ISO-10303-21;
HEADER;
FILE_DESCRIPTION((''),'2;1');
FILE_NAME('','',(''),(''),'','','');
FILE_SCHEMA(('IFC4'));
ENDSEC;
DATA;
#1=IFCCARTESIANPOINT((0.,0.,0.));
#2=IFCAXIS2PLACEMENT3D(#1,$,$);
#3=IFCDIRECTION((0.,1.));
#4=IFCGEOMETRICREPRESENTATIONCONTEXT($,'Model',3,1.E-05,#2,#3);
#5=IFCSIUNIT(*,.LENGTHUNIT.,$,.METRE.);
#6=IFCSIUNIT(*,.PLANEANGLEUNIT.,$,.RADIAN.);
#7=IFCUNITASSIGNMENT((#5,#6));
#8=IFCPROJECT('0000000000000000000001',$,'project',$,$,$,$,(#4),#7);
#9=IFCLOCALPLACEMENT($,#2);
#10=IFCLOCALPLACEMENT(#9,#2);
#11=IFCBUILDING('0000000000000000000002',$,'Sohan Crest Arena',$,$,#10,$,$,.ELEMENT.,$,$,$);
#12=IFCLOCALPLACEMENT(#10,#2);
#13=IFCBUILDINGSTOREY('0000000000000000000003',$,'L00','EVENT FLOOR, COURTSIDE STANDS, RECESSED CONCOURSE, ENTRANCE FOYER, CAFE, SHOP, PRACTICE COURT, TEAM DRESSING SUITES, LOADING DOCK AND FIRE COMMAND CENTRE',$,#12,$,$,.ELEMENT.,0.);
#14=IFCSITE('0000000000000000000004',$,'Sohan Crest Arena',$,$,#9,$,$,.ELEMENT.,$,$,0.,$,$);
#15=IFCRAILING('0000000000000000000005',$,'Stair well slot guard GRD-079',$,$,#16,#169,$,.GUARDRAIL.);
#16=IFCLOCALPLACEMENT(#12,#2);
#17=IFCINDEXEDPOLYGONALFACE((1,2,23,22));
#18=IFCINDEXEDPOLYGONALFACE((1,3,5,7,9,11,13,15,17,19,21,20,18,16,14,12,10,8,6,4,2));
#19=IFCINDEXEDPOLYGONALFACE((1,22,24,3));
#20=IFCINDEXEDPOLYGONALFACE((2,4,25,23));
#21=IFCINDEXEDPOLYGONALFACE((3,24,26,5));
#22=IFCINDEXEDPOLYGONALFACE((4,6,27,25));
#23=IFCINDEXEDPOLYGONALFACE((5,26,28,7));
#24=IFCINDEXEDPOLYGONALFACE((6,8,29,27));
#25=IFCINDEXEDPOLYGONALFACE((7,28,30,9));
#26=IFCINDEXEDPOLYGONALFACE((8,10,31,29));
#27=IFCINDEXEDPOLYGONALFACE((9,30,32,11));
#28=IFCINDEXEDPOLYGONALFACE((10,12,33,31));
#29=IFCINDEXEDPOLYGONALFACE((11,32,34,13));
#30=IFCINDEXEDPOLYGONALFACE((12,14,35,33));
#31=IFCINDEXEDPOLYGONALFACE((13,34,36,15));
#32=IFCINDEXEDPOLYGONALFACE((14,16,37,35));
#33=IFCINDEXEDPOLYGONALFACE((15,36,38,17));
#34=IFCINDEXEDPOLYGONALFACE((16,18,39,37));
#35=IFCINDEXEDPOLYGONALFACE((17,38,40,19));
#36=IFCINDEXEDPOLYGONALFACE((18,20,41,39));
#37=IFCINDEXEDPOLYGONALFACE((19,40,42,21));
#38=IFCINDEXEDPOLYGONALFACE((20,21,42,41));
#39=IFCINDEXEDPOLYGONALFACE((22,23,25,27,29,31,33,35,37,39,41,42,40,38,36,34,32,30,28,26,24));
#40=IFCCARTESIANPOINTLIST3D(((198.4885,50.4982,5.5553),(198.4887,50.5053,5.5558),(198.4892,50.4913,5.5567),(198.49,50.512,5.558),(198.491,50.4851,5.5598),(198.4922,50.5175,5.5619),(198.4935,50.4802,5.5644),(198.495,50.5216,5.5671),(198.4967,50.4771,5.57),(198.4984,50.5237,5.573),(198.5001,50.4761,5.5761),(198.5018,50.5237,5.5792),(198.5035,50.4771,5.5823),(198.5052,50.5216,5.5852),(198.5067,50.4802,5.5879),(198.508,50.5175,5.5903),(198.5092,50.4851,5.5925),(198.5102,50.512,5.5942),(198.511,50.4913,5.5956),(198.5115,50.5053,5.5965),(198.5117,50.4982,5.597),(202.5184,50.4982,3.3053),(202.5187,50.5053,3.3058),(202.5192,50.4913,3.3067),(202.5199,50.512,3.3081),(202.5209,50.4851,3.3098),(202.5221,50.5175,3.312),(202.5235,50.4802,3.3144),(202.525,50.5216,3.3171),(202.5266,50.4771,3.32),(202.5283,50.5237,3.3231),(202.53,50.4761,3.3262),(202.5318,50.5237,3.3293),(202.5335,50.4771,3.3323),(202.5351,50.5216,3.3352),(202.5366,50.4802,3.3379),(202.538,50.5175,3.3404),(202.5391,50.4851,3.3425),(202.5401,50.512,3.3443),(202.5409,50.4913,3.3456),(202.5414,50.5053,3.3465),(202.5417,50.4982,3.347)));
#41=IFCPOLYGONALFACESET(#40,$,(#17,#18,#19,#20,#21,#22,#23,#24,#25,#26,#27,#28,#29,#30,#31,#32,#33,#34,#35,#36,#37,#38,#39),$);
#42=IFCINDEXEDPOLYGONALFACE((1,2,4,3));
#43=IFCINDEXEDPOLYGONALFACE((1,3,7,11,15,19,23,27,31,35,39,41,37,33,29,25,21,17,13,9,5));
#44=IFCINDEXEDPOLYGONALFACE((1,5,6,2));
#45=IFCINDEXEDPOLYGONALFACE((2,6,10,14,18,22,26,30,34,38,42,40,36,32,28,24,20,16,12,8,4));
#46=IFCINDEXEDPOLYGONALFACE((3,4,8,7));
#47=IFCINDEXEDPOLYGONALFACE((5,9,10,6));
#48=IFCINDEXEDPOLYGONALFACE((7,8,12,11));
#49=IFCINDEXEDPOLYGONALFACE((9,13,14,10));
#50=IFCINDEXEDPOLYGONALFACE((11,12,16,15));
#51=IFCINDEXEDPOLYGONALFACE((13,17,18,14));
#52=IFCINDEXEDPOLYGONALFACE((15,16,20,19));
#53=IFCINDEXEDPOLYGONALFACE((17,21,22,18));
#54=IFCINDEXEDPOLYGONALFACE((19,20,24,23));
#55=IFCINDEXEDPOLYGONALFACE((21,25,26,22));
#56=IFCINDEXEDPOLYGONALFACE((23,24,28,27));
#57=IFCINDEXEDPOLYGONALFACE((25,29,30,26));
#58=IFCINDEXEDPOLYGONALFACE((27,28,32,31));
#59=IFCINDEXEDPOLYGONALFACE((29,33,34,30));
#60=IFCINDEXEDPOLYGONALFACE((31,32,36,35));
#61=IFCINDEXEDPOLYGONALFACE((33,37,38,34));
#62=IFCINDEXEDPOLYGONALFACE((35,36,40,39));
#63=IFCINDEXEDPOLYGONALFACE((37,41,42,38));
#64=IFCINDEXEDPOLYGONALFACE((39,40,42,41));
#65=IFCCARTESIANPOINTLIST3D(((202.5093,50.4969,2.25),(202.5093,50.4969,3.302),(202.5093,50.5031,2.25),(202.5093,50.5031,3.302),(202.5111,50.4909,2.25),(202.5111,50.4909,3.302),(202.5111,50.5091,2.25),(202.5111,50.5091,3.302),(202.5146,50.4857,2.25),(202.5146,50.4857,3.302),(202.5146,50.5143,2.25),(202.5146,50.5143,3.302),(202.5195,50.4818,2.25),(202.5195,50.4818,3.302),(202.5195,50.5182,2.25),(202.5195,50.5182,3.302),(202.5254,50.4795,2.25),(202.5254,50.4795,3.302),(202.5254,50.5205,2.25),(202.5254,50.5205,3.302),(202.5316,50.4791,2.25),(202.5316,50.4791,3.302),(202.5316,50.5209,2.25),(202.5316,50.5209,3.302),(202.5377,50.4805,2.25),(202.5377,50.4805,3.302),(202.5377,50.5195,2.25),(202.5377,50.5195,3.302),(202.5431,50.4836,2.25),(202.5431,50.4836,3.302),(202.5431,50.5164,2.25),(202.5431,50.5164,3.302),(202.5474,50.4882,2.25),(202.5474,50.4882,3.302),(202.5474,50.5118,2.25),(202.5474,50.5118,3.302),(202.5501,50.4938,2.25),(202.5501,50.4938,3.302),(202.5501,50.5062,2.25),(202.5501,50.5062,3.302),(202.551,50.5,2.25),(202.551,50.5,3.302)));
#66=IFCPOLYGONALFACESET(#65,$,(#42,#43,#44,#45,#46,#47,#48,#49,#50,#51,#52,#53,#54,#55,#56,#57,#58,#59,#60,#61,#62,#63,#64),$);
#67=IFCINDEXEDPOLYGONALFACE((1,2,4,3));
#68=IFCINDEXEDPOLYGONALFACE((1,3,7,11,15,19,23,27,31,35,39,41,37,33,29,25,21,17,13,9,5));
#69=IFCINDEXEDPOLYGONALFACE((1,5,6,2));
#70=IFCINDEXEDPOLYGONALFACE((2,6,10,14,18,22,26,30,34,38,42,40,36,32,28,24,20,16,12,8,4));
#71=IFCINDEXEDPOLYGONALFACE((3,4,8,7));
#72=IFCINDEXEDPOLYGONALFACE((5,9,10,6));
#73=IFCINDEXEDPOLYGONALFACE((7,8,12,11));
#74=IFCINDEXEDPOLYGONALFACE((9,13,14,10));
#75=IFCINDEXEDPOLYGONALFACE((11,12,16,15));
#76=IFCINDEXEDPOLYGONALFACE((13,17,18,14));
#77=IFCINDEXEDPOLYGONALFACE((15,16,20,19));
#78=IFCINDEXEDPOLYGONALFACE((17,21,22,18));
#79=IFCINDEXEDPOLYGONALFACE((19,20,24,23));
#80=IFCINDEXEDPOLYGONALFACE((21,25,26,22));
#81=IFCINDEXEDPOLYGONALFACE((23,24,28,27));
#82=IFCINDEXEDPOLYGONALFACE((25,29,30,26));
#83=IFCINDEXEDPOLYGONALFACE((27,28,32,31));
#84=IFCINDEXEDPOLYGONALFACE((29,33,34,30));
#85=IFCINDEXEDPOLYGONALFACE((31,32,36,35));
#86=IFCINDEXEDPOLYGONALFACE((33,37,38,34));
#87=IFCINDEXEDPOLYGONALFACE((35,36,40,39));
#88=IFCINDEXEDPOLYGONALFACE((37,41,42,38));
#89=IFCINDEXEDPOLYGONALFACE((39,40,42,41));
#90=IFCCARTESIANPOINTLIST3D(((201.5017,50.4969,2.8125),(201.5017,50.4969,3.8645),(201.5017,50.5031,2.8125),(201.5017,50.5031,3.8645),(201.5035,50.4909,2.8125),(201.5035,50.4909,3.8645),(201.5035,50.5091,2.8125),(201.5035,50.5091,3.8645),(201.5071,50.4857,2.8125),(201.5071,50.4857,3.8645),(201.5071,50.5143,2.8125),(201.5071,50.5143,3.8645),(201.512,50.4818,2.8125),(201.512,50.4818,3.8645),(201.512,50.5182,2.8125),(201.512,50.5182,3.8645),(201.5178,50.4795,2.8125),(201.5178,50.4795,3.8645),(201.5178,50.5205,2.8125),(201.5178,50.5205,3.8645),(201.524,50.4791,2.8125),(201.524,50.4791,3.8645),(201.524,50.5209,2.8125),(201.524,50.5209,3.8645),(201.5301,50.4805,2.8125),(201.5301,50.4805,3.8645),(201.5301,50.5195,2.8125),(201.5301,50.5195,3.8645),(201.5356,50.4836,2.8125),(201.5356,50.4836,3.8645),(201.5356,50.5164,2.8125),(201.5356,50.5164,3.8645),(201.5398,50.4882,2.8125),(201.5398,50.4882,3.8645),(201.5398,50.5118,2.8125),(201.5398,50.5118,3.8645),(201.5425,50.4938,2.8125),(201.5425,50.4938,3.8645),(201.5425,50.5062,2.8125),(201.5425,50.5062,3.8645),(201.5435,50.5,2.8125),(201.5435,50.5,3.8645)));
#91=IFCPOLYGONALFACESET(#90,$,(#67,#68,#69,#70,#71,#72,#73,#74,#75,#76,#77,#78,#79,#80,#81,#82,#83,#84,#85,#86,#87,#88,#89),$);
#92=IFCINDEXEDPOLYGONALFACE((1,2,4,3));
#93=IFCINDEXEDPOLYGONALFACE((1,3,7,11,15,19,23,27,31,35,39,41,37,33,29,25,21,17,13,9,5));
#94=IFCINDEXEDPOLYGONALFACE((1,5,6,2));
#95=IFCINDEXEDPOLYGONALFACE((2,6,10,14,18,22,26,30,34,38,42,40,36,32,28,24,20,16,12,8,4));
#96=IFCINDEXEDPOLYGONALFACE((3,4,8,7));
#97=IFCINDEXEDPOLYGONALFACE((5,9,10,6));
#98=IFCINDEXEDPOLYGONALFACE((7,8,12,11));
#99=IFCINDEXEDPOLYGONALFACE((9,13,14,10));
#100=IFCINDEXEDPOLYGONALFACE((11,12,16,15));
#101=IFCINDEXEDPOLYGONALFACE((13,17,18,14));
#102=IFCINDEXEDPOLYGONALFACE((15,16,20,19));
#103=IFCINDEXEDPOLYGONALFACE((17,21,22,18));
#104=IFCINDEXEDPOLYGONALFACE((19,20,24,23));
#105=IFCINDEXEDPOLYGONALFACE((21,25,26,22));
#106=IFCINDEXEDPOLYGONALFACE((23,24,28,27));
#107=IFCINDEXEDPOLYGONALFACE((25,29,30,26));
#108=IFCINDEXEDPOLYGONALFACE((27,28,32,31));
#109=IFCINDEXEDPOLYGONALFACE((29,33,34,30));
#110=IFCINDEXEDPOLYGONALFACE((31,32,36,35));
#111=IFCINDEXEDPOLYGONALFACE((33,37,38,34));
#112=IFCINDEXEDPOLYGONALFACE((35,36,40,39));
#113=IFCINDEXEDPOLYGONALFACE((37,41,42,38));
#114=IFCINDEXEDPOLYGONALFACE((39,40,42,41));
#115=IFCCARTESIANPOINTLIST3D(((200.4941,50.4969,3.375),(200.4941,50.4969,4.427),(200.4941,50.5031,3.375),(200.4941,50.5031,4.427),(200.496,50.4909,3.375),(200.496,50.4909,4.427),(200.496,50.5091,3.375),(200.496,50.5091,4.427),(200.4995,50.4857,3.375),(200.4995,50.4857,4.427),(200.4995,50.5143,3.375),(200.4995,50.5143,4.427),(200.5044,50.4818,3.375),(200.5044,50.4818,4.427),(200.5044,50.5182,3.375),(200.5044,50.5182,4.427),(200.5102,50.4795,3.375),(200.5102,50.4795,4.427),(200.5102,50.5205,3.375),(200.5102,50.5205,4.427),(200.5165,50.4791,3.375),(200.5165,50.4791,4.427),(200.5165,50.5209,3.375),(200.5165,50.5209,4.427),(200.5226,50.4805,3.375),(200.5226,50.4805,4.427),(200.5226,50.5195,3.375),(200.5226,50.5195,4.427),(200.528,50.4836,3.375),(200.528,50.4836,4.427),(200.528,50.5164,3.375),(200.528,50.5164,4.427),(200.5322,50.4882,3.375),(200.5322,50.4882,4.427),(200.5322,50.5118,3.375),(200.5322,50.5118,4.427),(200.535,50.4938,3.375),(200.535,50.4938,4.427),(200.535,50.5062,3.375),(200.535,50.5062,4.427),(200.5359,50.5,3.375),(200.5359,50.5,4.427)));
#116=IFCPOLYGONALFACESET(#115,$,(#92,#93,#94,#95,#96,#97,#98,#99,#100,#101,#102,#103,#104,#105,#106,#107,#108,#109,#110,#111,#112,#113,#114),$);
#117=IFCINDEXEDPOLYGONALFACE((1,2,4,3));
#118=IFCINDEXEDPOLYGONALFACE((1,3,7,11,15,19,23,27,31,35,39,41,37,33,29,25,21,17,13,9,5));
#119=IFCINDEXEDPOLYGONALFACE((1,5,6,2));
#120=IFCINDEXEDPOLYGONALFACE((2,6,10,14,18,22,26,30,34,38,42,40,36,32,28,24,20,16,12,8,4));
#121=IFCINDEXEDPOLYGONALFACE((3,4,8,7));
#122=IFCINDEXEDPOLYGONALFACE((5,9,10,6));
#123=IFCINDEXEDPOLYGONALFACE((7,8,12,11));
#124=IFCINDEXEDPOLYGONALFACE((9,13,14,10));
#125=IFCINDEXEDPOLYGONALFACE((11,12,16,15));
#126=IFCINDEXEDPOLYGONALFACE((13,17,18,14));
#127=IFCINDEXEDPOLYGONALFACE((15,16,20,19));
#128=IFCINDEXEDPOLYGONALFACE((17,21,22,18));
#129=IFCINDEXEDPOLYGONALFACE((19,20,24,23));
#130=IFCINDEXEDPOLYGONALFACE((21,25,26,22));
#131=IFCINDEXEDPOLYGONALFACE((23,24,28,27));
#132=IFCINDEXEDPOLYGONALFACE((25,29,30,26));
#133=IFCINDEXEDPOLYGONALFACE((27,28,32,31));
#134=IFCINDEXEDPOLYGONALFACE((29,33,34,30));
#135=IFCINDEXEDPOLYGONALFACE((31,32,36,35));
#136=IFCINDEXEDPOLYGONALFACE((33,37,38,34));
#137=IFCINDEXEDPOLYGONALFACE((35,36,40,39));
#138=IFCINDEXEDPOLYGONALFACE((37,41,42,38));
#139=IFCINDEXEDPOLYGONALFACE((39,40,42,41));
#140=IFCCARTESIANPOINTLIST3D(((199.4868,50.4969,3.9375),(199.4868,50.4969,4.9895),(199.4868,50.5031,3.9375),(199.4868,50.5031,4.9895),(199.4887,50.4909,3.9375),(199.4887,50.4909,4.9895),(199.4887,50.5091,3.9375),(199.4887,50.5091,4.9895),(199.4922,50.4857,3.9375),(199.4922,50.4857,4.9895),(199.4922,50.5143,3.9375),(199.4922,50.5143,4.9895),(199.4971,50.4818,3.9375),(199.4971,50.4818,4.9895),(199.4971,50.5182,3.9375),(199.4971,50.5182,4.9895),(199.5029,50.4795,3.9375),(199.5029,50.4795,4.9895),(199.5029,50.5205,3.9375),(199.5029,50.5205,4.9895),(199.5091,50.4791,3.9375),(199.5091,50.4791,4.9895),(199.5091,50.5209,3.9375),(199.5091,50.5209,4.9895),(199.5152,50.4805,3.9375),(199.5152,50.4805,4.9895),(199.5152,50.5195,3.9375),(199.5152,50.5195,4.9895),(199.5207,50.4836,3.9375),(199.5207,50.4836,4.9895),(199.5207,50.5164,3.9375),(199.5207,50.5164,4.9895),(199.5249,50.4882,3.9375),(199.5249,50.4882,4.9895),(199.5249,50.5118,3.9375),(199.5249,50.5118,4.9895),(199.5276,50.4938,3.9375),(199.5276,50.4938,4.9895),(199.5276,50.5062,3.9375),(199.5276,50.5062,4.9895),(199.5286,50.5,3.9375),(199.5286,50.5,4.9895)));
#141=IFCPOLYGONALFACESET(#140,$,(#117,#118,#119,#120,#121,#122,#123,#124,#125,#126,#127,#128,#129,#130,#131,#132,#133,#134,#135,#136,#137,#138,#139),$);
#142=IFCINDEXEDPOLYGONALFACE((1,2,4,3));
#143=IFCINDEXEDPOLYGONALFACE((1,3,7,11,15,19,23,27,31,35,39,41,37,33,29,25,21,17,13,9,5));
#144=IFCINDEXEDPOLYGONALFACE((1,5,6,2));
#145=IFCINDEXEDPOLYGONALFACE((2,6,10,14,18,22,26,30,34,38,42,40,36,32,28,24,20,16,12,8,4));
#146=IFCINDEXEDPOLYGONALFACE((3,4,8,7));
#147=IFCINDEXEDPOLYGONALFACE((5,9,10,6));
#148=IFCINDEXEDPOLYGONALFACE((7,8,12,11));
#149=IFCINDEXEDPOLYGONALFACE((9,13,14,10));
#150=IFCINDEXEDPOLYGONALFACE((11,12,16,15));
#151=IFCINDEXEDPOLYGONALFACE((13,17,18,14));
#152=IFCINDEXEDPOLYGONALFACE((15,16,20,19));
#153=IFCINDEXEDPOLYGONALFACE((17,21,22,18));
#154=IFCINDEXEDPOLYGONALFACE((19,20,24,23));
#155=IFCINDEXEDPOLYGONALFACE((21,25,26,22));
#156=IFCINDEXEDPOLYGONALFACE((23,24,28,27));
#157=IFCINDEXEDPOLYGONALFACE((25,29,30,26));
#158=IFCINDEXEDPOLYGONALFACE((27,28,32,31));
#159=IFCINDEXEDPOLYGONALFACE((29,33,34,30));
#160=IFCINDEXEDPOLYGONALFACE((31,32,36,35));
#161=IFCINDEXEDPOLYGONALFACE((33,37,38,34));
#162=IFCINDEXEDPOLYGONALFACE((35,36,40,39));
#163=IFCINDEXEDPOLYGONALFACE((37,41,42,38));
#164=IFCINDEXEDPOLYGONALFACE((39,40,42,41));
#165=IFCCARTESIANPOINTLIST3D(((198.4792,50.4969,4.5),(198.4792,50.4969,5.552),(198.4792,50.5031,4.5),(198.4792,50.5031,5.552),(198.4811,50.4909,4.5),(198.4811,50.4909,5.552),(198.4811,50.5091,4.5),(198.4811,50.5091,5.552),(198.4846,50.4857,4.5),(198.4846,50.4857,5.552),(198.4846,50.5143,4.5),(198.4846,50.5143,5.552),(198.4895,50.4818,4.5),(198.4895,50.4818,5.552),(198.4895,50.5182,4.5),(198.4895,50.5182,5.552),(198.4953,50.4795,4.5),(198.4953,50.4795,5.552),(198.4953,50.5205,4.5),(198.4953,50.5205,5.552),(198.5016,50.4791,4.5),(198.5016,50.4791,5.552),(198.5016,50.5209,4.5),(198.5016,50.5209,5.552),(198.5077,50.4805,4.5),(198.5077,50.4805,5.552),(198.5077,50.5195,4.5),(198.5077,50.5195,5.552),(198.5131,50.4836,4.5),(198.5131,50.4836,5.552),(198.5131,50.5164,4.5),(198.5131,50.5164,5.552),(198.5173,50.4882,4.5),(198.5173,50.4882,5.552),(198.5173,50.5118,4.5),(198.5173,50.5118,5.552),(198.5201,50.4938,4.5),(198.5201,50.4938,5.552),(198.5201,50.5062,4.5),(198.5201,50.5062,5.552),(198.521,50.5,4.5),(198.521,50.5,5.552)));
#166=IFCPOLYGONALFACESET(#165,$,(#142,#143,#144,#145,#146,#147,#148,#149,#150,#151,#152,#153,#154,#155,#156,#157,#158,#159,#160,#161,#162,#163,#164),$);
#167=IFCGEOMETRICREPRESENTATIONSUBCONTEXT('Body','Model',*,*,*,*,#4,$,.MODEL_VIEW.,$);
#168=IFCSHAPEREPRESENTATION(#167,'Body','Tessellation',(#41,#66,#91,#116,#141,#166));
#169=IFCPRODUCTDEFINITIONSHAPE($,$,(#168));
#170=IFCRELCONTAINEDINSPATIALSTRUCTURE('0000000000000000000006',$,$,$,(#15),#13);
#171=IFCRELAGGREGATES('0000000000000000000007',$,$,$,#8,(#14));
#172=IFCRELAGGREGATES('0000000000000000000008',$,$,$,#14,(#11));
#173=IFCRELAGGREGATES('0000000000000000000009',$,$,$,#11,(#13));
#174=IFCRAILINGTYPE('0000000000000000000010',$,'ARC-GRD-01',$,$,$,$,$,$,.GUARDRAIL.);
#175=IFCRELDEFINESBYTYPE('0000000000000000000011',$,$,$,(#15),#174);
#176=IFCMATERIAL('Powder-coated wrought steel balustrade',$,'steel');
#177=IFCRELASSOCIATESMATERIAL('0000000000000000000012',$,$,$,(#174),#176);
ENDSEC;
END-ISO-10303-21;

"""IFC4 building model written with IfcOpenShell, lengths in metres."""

from ifc_helpers import new_model, si_unit, direction, frame, origin, origin_2d, place, context, subcontext, project, spatial, circle, extrude, material, type_object, element, save


model = new_model("IFC4")

# Units and contexts
model_context = context("Model", 3, precision=1e-05, world=origin(), true_north=direction((0.0, 1.0)))
body_context = subcontext(model_context, "Body", "Model", "MODEL_VIEW")
ifc_project = project(units=[si_unit("LENGTHUNIT", "METRE"), si_unit("PLANEANGLEUNIT", "RADIAN")], contexts=[model_context])

# Site, building, storey
site_placement = place(None, origin())
site = spatial("IfcSite", under=ifc_project, at=site_placement, Name="Sohan Crest Arena", CompositionType="ELEMENT", RefElevation=0.0)
building_placement = place(site_placement, origin())
building = spatial("IfcBuilding", under=site, at=building_placement, Name="Sohan Crest Arena", CompositionType="ELEMENT")
storey_placement = place(building_placement, origin())
storey = spatial("IfcBuildingStorey", under=building, at=storey_placement, Name="L00", Description="EVENT FLOOR, COURTSIDE STANDS, RECESSED CONCOURSE, ENTRANCE FOYER, CAFE, SHOP, PRACTICE COURT, TEAM DRESSING SUITES, LOADING DOCK AND FIRE COMMAND CENTRE", CompositionType="ELEMENT", Elevation=0.0)

# Railing
ifc_material_1 = material(Name="Powder-coated wrought steel balustrade", Category="steel")
railing_type_1 = type_object("IfcRailingType", Name="ARC-GRD-01", PredefinedType="GUARDRAIL", material=ifc_material_1)
railing_placement = place(storey_placement, frame((202.53, 50.5, 2.25)))
element("IfcRailing", 1, at=railing_placement, inside=storey, type_object=railing_type_1, Name="Stair well slot guard GRD-079", PredefinedType="GUARDRAIL", context=body_context, shape_type="SweptSolid", body=[
    extrude(circle(Radius=0.0239, at=origin_2d()), frame((0.0, 0.0, 1.0762), z_axis=(-0.873135, 0.0, 0.487479), x_axis=(0.0, -1.0, 0.0)), (0.0, 0.0, 1.0), 4.6155),
    extrude(circle(Radius=0.021, at=origin_2d()), origin(), (0.0, 0.0, 1.0), 1.052),
    extrude(circle(Radius=0.021, at=origin_2d()), frame((-1.0076, 0.0, 0.5625)), (0.0, 0.0, 1.0), 1.052),
    extrude(circle(Radius=0.021, at=origin_2d()), frame((-2.0151, 0.0, 1.125)), (0.0, 0.0, 1.0), 1.052),
    extrude(circle(Radius=0.021, at=origin_2d()), frame((-3.0225, 0.0, 1.6875)), (0.0, 0.0, 1.0), 1.052),
    extrude(circle(Radius=0.021, at=origin_2d()), frame((-4.03, 0.0, 2.25)), (0.0, 0.0, 1.0), 1.052),
])

save(model, "model.ifc")
